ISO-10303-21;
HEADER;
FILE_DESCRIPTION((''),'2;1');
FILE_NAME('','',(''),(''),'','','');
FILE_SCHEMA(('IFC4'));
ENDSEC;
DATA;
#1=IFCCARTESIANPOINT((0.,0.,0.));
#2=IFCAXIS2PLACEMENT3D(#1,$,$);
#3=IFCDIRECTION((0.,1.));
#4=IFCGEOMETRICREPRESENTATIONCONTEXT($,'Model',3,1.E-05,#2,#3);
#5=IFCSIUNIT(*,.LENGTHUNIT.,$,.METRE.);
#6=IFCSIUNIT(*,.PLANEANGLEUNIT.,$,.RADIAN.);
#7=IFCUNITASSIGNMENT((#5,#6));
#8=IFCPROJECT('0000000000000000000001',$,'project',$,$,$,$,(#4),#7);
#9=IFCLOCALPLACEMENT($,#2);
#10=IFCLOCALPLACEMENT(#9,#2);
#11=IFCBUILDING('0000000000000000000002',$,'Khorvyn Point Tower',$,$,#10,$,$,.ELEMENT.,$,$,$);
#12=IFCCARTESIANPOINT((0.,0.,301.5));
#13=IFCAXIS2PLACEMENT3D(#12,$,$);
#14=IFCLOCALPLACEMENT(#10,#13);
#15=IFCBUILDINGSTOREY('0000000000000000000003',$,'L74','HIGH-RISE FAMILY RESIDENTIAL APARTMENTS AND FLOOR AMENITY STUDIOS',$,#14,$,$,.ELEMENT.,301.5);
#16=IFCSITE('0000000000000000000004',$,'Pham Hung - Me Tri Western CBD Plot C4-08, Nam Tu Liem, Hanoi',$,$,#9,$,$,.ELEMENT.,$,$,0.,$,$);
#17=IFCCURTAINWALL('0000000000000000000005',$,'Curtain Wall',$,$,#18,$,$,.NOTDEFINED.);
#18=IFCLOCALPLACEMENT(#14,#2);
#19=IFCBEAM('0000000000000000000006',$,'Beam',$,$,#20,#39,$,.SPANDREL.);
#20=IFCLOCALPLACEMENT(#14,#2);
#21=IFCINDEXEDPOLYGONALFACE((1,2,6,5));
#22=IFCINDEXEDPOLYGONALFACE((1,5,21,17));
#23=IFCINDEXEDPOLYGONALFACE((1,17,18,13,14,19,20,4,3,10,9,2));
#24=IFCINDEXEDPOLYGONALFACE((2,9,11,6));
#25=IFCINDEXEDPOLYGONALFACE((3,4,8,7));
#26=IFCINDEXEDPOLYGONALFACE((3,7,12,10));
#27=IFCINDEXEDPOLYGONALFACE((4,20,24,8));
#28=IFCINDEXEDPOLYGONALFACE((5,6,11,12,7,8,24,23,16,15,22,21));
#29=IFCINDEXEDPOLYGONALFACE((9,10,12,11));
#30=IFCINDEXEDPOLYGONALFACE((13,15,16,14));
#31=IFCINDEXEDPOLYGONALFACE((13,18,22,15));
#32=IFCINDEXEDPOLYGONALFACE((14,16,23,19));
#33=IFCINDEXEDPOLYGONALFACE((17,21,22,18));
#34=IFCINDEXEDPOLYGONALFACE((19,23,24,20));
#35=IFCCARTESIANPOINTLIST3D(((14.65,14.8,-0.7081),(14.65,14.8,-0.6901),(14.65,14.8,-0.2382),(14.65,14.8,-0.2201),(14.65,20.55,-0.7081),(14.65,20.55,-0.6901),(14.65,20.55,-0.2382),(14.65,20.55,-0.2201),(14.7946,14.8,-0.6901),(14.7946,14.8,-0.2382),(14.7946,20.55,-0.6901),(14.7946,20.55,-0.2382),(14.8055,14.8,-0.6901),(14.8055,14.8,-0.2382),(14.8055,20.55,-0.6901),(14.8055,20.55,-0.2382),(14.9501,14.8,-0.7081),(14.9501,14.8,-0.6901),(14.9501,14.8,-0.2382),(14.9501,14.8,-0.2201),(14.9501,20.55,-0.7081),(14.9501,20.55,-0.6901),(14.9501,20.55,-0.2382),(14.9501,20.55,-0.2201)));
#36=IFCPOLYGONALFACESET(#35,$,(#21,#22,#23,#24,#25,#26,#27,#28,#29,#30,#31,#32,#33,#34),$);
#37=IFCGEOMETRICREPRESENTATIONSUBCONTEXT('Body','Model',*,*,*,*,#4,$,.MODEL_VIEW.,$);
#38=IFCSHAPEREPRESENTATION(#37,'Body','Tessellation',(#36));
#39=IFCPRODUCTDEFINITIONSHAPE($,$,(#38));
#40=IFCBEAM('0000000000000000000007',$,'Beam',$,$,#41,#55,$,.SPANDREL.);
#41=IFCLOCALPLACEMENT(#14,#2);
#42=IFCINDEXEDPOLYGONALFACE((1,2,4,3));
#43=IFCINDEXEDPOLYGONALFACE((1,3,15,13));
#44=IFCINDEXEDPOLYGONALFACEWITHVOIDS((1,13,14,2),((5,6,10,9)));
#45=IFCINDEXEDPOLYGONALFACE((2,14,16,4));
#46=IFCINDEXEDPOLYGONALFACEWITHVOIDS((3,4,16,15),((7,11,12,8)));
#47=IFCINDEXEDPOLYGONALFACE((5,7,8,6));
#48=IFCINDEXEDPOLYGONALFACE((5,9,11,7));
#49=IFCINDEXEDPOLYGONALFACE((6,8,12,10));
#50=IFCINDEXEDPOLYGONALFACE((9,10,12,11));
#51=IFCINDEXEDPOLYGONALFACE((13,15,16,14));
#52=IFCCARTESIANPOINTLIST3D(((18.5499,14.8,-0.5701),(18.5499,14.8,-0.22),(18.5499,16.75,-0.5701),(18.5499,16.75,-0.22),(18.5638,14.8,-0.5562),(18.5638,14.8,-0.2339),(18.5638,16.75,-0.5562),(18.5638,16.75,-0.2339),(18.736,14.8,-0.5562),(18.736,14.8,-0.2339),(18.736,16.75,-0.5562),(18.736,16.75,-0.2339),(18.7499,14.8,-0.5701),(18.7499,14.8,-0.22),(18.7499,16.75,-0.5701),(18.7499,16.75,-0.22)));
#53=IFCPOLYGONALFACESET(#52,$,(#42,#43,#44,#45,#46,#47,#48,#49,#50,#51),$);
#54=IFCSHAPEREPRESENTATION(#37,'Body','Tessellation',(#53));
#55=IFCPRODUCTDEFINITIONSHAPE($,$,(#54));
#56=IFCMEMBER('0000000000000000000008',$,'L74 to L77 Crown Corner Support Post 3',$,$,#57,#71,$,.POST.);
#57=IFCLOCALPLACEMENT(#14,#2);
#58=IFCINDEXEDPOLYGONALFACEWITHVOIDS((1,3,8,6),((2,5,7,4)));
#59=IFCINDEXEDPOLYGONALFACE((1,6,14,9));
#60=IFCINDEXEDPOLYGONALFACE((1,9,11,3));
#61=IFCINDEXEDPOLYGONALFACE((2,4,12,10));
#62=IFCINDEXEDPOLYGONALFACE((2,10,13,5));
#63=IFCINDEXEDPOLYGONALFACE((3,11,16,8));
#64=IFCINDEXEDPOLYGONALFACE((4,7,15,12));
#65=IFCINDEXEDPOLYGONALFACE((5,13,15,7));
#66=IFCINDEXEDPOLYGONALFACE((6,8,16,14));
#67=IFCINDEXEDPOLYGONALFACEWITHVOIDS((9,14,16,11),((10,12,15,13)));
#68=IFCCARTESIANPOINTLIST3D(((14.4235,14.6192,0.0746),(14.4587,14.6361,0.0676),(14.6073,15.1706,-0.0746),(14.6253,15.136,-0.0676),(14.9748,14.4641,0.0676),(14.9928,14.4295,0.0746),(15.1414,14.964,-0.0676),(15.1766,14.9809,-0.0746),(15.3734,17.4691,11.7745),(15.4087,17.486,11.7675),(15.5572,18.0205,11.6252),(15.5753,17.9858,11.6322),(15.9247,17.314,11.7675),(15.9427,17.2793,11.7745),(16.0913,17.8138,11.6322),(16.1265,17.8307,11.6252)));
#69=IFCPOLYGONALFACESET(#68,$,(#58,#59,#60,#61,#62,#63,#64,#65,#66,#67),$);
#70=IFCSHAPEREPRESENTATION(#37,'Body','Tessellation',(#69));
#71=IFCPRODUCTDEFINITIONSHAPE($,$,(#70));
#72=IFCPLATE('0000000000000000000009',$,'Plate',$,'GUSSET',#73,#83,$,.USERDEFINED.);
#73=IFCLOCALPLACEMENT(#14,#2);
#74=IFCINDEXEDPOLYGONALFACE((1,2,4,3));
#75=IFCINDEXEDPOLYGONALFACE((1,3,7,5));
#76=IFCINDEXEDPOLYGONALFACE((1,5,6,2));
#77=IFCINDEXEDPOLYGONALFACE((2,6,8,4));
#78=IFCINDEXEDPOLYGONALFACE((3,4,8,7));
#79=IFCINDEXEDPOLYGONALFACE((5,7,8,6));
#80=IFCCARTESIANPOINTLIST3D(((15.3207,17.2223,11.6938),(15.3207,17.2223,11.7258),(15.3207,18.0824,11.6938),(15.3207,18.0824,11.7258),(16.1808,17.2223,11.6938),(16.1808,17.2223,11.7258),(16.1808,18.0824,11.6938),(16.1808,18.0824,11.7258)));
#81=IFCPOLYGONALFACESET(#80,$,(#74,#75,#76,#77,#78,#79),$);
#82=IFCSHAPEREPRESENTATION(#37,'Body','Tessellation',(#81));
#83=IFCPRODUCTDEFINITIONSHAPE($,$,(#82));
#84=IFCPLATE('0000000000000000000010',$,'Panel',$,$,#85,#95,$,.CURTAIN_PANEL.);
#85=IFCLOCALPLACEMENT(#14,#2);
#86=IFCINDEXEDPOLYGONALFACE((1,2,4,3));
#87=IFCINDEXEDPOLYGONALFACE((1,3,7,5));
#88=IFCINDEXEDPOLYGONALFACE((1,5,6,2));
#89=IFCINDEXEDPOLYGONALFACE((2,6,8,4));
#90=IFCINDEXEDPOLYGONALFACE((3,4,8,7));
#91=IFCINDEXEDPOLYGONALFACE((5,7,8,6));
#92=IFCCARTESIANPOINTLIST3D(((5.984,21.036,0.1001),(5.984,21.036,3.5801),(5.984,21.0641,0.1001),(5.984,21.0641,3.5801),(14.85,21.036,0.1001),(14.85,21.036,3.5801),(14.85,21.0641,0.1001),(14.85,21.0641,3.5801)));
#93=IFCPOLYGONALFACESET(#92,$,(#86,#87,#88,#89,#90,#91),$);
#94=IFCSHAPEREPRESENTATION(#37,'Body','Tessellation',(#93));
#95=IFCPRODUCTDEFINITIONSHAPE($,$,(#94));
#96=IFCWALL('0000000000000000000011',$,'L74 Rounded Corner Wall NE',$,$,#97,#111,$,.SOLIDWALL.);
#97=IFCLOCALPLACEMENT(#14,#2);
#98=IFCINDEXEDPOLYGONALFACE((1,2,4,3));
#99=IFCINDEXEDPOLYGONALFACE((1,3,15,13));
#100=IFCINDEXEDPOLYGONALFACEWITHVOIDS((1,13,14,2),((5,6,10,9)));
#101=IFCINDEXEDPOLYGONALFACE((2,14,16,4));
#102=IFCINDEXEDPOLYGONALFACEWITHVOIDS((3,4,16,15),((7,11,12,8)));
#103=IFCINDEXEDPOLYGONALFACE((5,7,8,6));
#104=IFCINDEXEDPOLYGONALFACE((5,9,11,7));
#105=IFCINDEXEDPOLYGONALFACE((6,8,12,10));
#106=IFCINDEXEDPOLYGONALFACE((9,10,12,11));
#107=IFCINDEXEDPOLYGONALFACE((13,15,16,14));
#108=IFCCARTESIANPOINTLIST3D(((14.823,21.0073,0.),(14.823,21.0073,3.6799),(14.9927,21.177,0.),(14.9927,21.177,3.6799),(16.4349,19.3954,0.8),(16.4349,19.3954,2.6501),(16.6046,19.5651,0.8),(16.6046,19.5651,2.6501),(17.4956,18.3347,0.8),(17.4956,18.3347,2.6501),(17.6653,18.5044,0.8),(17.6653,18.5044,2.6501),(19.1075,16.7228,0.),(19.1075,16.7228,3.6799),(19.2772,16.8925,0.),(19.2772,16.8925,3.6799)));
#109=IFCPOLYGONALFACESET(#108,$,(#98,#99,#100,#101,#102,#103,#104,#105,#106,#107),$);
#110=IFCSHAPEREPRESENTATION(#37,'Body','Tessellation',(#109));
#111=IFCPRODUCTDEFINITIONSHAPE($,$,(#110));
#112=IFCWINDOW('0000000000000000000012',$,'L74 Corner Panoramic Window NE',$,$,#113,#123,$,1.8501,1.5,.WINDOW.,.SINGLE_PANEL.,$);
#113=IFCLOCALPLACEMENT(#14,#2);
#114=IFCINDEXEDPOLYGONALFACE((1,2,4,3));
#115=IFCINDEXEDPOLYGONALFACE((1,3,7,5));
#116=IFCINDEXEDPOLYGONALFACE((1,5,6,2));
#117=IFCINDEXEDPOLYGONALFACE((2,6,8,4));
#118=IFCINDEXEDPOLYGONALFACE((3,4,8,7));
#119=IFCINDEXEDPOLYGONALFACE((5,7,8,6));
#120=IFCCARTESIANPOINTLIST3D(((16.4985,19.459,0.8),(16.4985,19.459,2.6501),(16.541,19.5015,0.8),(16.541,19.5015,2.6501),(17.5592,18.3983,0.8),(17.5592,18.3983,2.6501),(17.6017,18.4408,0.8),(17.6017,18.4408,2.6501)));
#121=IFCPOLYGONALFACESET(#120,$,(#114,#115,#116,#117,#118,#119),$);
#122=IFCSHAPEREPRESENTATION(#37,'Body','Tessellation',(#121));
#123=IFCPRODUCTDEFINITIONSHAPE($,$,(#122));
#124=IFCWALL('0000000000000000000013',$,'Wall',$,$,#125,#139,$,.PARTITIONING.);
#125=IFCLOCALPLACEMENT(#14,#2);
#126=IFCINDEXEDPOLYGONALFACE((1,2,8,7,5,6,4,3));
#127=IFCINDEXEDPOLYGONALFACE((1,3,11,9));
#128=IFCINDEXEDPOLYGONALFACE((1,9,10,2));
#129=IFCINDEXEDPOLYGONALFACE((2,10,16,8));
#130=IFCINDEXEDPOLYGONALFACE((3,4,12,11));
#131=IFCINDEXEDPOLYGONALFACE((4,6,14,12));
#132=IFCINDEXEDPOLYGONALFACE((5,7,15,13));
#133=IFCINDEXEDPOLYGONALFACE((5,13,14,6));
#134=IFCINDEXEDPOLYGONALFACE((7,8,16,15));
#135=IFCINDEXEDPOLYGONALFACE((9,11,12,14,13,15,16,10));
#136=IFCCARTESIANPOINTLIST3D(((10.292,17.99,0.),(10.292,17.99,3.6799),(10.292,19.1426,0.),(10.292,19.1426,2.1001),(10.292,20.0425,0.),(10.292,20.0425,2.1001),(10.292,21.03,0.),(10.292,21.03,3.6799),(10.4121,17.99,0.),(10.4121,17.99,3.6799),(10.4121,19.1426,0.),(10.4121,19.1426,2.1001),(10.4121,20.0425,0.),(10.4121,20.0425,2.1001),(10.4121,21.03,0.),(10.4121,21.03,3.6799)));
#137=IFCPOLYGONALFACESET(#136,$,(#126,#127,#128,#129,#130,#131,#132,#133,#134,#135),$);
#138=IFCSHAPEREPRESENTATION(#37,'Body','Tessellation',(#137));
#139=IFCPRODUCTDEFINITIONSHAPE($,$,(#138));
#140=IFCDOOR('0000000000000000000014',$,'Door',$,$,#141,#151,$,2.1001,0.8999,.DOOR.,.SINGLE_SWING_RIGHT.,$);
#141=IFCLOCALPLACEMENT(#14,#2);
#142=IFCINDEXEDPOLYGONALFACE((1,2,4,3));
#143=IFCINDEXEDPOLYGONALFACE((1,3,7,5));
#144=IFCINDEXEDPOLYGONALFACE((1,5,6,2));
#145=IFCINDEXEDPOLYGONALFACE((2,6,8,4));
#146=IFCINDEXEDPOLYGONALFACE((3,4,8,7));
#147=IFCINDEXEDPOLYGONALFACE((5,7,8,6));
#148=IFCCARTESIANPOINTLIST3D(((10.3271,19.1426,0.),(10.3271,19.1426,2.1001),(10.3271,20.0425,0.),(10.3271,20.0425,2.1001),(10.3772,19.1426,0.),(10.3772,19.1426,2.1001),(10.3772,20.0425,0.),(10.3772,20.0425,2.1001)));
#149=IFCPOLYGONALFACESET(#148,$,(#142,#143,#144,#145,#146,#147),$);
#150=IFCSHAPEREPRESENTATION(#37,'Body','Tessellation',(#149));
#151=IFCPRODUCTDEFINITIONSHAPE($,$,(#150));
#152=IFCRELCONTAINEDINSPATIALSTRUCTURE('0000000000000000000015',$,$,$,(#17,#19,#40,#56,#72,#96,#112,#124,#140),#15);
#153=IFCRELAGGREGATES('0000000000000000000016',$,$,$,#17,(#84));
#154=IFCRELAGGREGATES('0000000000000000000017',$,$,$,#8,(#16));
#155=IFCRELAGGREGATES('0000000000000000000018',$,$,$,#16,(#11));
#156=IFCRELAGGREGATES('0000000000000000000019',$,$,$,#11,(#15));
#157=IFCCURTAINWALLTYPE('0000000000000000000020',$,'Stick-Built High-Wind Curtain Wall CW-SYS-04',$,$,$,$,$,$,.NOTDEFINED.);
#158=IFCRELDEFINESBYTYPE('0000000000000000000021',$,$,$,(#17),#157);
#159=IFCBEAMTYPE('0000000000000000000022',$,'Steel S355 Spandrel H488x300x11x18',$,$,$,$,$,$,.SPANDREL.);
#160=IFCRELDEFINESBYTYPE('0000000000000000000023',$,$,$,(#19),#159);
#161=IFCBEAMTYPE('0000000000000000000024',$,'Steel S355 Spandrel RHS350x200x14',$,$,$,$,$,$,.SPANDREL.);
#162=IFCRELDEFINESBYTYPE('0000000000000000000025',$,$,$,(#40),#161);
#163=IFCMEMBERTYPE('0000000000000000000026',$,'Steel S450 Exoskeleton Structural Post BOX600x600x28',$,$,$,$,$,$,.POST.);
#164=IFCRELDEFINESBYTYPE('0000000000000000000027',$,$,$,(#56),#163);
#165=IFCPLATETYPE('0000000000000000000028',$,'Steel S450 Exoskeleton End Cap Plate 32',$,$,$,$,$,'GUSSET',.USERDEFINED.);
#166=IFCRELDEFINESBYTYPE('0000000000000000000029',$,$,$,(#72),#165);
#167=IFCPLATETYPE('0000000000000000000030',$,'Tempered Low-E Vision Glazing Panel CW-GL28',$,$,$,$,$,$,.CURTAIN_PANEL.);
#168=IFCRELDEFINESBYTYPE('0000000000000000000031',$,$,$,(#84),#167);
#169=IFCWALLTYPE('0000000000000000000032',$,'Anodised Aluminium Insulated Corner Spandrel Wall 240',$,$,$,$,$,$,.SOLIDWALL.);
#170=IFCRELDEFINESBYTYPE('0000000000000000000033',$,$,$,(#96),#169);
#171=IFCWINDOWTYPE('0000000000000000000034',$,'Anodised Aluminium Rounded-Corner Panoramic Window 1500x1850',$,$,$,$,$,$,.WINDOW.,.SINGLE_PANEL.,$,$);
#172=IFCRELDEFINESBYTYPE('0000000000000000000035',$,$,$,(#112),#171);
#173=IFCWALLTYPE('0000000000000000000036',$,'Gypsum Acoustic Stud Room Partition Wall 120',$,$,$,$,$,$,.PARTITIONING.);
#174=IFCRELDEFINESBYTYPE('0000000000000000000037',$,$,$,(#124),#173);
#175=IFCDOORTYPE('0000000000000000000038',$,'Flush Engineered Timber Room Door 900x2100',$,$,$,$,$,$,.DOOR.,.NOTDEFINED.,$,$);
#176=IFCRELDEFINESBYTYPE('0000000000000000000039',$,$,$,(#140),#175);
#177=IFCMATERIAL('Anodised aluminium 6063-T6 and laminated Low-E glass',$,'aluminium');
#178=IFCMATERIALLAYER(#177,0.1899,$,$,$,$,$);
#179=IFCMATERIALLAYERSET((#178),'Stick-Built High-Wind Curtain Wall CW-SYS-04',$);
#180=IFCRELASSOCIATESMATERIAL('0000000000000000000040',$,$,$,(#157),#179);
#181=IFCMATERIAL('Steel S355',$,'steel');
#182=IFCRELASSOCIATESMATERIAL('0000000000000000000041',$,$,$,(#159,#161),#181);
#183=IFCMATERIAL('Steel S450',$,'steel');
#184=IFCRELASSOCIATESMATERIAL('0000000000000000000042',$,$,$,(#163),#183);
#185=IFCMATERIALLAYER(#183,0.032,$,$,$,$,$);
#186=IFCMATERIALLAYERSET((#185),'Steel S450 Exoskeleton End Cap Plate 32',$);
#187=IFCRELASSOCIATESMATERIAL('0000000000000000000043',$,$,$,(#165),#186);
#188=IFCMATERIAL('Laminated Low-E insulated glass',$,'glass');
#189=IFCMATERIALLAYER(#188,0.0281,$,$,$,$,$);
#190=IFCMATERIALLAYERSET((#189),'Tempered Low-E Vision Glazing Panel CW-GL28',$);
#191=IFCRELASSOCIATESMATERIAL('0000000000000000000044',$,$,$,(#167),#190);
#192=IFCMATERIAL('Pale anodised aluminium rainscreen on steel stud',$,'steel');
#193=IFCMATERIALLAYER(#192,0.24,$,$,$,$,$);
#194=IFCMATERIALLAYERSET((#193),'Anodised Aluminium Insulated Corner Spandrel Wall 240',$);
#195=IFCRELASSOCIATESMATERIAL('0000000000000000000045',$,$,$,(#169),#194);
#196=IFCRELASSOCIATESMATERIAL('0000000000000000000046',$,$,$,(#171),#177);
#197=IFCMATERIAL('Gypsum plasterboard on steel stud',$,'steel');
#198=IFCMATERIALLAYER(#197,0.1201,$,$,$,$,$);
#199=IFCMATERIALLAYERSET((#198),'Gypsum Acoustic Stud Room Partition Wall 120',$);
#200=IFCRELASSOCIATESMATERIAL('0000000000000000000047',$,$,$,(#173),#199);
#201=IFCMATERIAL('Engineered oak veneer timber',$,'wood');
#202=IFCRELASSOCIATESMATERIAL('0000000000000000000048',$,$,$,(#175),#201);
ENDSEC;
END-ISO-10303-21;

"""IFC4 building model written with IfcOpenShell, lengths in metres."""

from ifc_helpers import new_model, si_unit, direction, frame, frame_2d, origin, origin_2d, place, context, subcontext, project, spatial, rectangle, hollow_rectangle, i_section, extrude, material, layer, layer_set, material_profile, profile_set, type_object, element, fill, aggregate, save


model = new_model("IFC4")

# Units and contexts
model_context = context("Model", 3, precision=1e-05, world=origin(), true_north=direction((0.0, 1.0)))
body_context = subcontext(model_context, "Body", "Model", "MODEL_VIEW")
ifc_project = project(units=[si_unit("LENGTHUNIT", "METRE"), si_unit("PLANEANGLEUNIT", "RADIAN")], contexts=[model_context])

# Site, building, storey
site_placement = place(None, origin())
site = spatial("IfcSite", under=ifc_project, at=site_placement, Name="Pham Hung - Me Tri Western CBD Plot C4-08, Nam Tu Liem, Hanoi", CompositionType="ELEMENT", RefElevation=0.0)
building_placement = place(site_placement, origin())
building = spatial("IfcBuilding", under=site, at=building_placement, Name="Khorvyn Point Tower", CompositionType="ELEMENT")
storey_placement = place(building_placement, frame((0.0, 0.0, 301.5)))
storey = spatial("IfcBuildingStorey", under=building, at=storey_placement, Name="L74", Description="HIGH-RISE FAMILY RESIDENTIAL APARTMENTS AND FLOOR AMENITY STUDIOS", CompositionType="ELEMENT", Elevation=301.5)

# Shared definitions
ifc_material_1 = material(Name="Steel S355", Category="steel")

# Curtain wall
ifc_material_2 = material(Name="Anodised aluminium 6063-T6 and laminated Low-E glass", Category="aluminium")
ifc_layer_1 = layer(ifc_material_2, 0.1899)
ifc_layer_set_1 = layer_set([ifc_layer_1], Name="Stick-Built High-Wind Curtain Wall CW-SYS-04")
curtain_wall_type = type_object("IfcCurtainWallType", Name="Stick-Built High-Wind Curtain Wall CW-SYS-04", PredefinedType="NOTDEFINED", material=ifc_layer_set_1)
curtain_wall_1_placement = place(storey_placement, origin())
curtain_wall_1 = element("IfcCurtainWall", 1, at=curtain_wall_1_placement, inside=storey, type_object=curtain_wall_type, Name="Curtain Wall", PredefinedType="NOTDEFINED")

# Beams
ifc_material_profile_1 = material_profile(ifc_material_1, i_section(OverallWidth=0.3, OverallDepth=0.488, WebThickness=0.011, FlangeThickness=0.0181, at=origin_2d()))
ifc_profile_set_1 = profile_set([ifc_material_profile_1], Name="Steel S355 H488x300x11x18")
beam_type_1 = type_object("IfcBeamType", Name="Steel S355 Spandrel H488x300x11x18", PredefinedType="SPANDREL", material=ifc_profile_set_1)
beam_1_placement = place(storey_placement, frame((14.8, 14.8, -0.4641), z_axis=(0.0, 1.0, 0.0), x_axis=(-1.0, 0.0, 0.0)))
element("IfcBeam", 2, at=beam_1_placement, inside=storey, type_object=beam_type_1, Name="Beam", PredefinedType="SPANDREL", context=body_context, shape_type="SweptSolid", body=[
    extrude(i_section(OverallWidth=0.3, OverallDepth=0.488, WebThickness=0.011, FlangeThickness=0.0181, at=origin_2d()), origin(), (0.0, 0.0, 1.0), 5.75),
])
ifc_material_profile_2 = material_profile(ifc_material_1, hollow_rectangle(XDim=0.2, YDim=0.3501, WallThickness=0.0139, at=origin_2d()))
ifc_profile_set_2 = profile_set([ifc_material_profile_2], Name="Steel S355 RHS350x200x14")
beam_type_2 = type_object("IfcBeamType", Name="Steel S355 Spandrel RHS350x200x14", PredefinedType="SPANDREL", material=ifc_profile_set_2)
beam_2_placement = place(storey_placement, frame((18.6499, 14.8, -0.395), z_axis=(0.0, 1.0, 0.0), x_axis=(-1.0, 0.0, 0.0)))
element("IfcBeam", 3, at=beam_2_placement, inside=storey, type_object=beam_type_2, Name="Beam", PredefinedType="SPANDREL", context=body_context, shape_type="SweptSolid", body=[
    extrude(hollow_rectangle(XDim=0.2, YDim=0.3501, WallThickness=0.0139, at=origin_2d()), origin(), (0.0, 0.0, 1.0), 1.95),
])

# Member
ifc_material_3 = material(Name="Steel S450", Category="steel")
ifc_material_profile_3 = material_profile(ifc_material_3, hollow_rectangle(XDim=0.6001, YDim=0.6001, WallThickness=0.0281, at=origin_2d()))
ifc_profile_set_3 = profile_set([ifc_material_profile_3], Name="Steel S450 BOX600x600x28")
member_type_1 = type_object("IfcMemberType", Name="Steel S450 Exoskeleton Structural Post BOX600x600x28", PredefinedType="POST", material=ifc_profile_set_3)
member_1_placement = place(storey_placement, frame((14.8, 14.8, 0.0), z_axis=(0.078642, 0.235926, 0.968584), x_axis=(-0.948683, 0.316228, 0.0)))
element("IfcMember", 4, at=member_1_placement, inside=storey, type_object=member_type_1, Name="L74 to L77 Crown Corner Support Post 3", PredefinedType="POST", context=body_context, shape_type="SweptSolid", body=[
    extrude(hollow_rectangle(XDim=0.6001, YDim=0.6001, WallThickness=0.0281, at=origin_2d()), origin(), (0.0, 0.0, 1.0), 12.0793),
])

# Plates
ifc_layer_2 = layer(ifc_material_3, 0.032)
ifc_layer_set_2 = layer_set([ifc_layer_2], Name="Steel S450 Exoskeleton End Cap Plate 32")
plate_type_1 = type_object("IfcPlateType", Name="Steel S450 Exoskeleton End Cap Plate 32", ElementType="GUSSET", PredefinedType="USERDEFINED", material=ifc_layer_set_2)
plate_1_placement = place(storey_placement, frame((15.7507, 17.6523, 11.6938), z_axis=(0.0, 0.0, 1.0), x_axis=(1.0, 0.0, 0.0)))
element("IfcPlate", 5, at=plate_1_placement, inside=storey, type_object=plate_type_1, Name="Plate", ObjectType="GUSSET", PredefinedType="USERDEFINED", context=body_context, shape_type="SweptSolid", body=[
    extrude(rectangle(XDim=0.8601, YDim=0.8601, at=origin_2d()), origin(), (0.0, 0.0, 1.0), 0.032),
])
ifc_material_4 = material(Name="Laminated Low-E insulated glass", Category="glass")
ifc_layer_3 = layer(ifc_material_4, 0.0281)
ifc_layer_set_3 = layer_set([ifc_layer_3], Name="Tempered Low-E Vision Glazing Panel CW-GL28")
plate_type_2 = type_object("IfcPlateType", Name="Tempered Low-E Vision Glazing Panel CW-GL28", PredefinedType="CURTAIN_PANEL", material=ifc_layer_set_3)
plate_2_placement = place(storey_placement, frame((10.417, 21.05, 0.1001), z_axis=(0.0, 0.0, 1.0), x_axis=(1.0, 0.0, 0.0)))
plate_2 = element("IfcPlate", 6, at=plate_2_placement, type_object=plate_type_2, Name="Panel", PredefinedType="CURTAIN_PANEL", context=body_context, shape_type="SweptSolid", body=[
    extrude(rectangle(XDim=8.866, YDim=0.0281, at=origin_2d()), origin(), (0.0, 0.0, 1.0), 3.48),
])
aggregate(curtain_wall_1, [plate_2])

# Wall, opening, window
ifc_material_5 = material(Name="Pale anodised aluminium rainscreen on steel stud", Category="steel")
ifc_layer_4 = layer(ifc_material_5, 0.24)
ifc_layer_set_4 = layer_set([ifc_layer_4], Name="Anodised Aluminium Insulated Corner Spandrel Wall 240")
wall_type_1 = type_object("IfcWallType", Name="Anodised Aluminium Insulated Corner Spandrel Wall 240", PredefinedType="SOLIDWALL", material=ifc_layer_set_4)
wall_1_placement = place(storey_placement, frame((14.9077, 21.0923, 0.0), z_axis=(0.0, 0.0, 1.0), x_axis=(0.707107, -0.707107, 0.0)))
wall_1 = element("IfcWall", 7, at=wall_1_placement, inside=storey, type_object=wall_type_1, Name="L74 Rounded Corner Wall NE", PredefinedType="SOLIDWALL", context=body_context, shape_type="SweptSolid", body=[
    extrude(rectangle(XDim=6.0593, YDim=0.24, at=frame_2d((3.0298, 0.0))), origin(), (0.0, 0.0, 1.0), 3.6799),
])
opening_1_placement = place(wall_1_placement, frame((2.2798, 0.0, 0.8)))
opening_1 = element("IfcOpeningElement", 8, at=opening_1_placement, cuts=wall_1, PredefinedType="OPENING", context=body_context, shape_type="SweptSolid", body=[
    extrude(rectangle(XDim=1.5, YDim=1.8501, at=frame_2d((0.75, 0.925))), frame((0.0, 0.1299, 0.0), z_axis=(0.0, -1.0, 0.0), x_axis=(1.0, 0.0, 0.0)), (0.0, 0.0, 1.0), 0.26),
])
window_type = type_object("IfcWindowType", Name="Anodised Aluminium Rounded-Corner Panoramic Window 1500x1850", PartitioningType="SINGLE_PANEL", PredefinedType="WINDOW", material=ifc_material_2)
window_placement = place(opening_1_placement, origin())
window = element("IfcWindow", 9, at=window_placement, inside=storey, type_object=window_type, Name="L74 Corner Panoramic Window NE", OverallHeight=1.8501, OverallWidth=1.5, PartitioningType="SINGLE_PANEL", PredefinedType="WINDOW", context=body_context, shape_type="SweptSolid", body=[
    extrude(rectangle(XDim=1.5, YDim=1.8501, at=frame_2d((0.75, 0.925))), frame((0.0, 0.03, 0.0), z_axis=(0.0, -1.0, 0.0), x_axis=(1.0, 0.0, 0.0)), (0.0, 0.0, 1.0), 0.0601),
])
fill(opening_1, window)

# Wall, opening, door
ifc_material_6 = material(Name="Gypsum plasterboard on steel stud", Category="steel")
ifc_layer_5 = layer(ifc_material_6, 0.1201)
ifc_layer_set_5 = layer_set([ifc_layer_5], Name="Gypsum Acoustic Stud Room Partition Wall 120")
wall_type_2 = type_object("IfcWallType", Name="Gypsum Acoustic Stud Room Partition Wall 120", PredefinedType="PARTITIONING", material=ifc_layer_set_5)
wall_2_placement = place(storey_placement, frame((10.3521, 17.99, 0.0), z_axis=(0.0, 0.0, 1.0), x_axis=(0.0, 1.0, 0.0)))
wall_2 = element("IfcWall", 10, at=wall_2_placement, inside=storey, type_object=wall_type_2, Name="Wall", PredefinedType="PARTITIONING", context=body_context, shape_type="SweptSolid", body=[
    extrude(rectangle(XDim=3.04, YDim=0.1201, at=frame_2d((1.52, 0.0))), origin(), (0.0, 0.0, 1.0), 3.6799),
])
opening_2_placement = place(wall_2_placement, frame((1.1526, 0.0, 0.0)))
opening_2 = element("IfcOpeningElement", 11, at=opening_2_placement, cuts=wall_2, PredefinedType="OPENING", context=body_context, shape_type="SweptSolid", body=[
    extrude(rectangle(XDim=0.8999, YDim=2.1001, at=frame_2d((0.45, 1.05))), frame((0.0, 0.0701, 0.0), z_axis=(0.0, -1.0, 0.0), x_axis=(1.0, 0.0, 0.0)), (0.0, 0.0, 1.0), 0.1401),
])
ifc_material_7 = material(Name="Engineered oak veneer timber", Category="wood")
door_type = type_object("IfcDoorType", Name="Flush Engineered Timber Room Door 900x2100", OperationType="NOTDEFINED", PredefinedType="DOOR", material=ifc_material_7)
door_1_placement = place(opening_2_placement, origin())
door_1 = element("IfcDoor", 12, at=door_1_placement, inside=storey, type_object=door_type, Name="Door", OperationType="SINGLE_SWING_RIGHT", OverallHeight=2.1001, OverallWidth=0.8999, PredefinedType="DOOR", context=body_context, shape_type="SweptSolid", body=[
    extrude(rectangle(XDim=0.8999, YDim=2.1001, at=frame_2d((0.45, 1.05))), frame((0.0, 0.0249, 0.0), z_axis=(0.0, -1.0, 0.0), x_axis=(1.0, 0.0, 0.0)), (0.0, 0.0, 1.0), 0.05),
])
fill(opening_2, door_1)

save(model, "model.ifc")
